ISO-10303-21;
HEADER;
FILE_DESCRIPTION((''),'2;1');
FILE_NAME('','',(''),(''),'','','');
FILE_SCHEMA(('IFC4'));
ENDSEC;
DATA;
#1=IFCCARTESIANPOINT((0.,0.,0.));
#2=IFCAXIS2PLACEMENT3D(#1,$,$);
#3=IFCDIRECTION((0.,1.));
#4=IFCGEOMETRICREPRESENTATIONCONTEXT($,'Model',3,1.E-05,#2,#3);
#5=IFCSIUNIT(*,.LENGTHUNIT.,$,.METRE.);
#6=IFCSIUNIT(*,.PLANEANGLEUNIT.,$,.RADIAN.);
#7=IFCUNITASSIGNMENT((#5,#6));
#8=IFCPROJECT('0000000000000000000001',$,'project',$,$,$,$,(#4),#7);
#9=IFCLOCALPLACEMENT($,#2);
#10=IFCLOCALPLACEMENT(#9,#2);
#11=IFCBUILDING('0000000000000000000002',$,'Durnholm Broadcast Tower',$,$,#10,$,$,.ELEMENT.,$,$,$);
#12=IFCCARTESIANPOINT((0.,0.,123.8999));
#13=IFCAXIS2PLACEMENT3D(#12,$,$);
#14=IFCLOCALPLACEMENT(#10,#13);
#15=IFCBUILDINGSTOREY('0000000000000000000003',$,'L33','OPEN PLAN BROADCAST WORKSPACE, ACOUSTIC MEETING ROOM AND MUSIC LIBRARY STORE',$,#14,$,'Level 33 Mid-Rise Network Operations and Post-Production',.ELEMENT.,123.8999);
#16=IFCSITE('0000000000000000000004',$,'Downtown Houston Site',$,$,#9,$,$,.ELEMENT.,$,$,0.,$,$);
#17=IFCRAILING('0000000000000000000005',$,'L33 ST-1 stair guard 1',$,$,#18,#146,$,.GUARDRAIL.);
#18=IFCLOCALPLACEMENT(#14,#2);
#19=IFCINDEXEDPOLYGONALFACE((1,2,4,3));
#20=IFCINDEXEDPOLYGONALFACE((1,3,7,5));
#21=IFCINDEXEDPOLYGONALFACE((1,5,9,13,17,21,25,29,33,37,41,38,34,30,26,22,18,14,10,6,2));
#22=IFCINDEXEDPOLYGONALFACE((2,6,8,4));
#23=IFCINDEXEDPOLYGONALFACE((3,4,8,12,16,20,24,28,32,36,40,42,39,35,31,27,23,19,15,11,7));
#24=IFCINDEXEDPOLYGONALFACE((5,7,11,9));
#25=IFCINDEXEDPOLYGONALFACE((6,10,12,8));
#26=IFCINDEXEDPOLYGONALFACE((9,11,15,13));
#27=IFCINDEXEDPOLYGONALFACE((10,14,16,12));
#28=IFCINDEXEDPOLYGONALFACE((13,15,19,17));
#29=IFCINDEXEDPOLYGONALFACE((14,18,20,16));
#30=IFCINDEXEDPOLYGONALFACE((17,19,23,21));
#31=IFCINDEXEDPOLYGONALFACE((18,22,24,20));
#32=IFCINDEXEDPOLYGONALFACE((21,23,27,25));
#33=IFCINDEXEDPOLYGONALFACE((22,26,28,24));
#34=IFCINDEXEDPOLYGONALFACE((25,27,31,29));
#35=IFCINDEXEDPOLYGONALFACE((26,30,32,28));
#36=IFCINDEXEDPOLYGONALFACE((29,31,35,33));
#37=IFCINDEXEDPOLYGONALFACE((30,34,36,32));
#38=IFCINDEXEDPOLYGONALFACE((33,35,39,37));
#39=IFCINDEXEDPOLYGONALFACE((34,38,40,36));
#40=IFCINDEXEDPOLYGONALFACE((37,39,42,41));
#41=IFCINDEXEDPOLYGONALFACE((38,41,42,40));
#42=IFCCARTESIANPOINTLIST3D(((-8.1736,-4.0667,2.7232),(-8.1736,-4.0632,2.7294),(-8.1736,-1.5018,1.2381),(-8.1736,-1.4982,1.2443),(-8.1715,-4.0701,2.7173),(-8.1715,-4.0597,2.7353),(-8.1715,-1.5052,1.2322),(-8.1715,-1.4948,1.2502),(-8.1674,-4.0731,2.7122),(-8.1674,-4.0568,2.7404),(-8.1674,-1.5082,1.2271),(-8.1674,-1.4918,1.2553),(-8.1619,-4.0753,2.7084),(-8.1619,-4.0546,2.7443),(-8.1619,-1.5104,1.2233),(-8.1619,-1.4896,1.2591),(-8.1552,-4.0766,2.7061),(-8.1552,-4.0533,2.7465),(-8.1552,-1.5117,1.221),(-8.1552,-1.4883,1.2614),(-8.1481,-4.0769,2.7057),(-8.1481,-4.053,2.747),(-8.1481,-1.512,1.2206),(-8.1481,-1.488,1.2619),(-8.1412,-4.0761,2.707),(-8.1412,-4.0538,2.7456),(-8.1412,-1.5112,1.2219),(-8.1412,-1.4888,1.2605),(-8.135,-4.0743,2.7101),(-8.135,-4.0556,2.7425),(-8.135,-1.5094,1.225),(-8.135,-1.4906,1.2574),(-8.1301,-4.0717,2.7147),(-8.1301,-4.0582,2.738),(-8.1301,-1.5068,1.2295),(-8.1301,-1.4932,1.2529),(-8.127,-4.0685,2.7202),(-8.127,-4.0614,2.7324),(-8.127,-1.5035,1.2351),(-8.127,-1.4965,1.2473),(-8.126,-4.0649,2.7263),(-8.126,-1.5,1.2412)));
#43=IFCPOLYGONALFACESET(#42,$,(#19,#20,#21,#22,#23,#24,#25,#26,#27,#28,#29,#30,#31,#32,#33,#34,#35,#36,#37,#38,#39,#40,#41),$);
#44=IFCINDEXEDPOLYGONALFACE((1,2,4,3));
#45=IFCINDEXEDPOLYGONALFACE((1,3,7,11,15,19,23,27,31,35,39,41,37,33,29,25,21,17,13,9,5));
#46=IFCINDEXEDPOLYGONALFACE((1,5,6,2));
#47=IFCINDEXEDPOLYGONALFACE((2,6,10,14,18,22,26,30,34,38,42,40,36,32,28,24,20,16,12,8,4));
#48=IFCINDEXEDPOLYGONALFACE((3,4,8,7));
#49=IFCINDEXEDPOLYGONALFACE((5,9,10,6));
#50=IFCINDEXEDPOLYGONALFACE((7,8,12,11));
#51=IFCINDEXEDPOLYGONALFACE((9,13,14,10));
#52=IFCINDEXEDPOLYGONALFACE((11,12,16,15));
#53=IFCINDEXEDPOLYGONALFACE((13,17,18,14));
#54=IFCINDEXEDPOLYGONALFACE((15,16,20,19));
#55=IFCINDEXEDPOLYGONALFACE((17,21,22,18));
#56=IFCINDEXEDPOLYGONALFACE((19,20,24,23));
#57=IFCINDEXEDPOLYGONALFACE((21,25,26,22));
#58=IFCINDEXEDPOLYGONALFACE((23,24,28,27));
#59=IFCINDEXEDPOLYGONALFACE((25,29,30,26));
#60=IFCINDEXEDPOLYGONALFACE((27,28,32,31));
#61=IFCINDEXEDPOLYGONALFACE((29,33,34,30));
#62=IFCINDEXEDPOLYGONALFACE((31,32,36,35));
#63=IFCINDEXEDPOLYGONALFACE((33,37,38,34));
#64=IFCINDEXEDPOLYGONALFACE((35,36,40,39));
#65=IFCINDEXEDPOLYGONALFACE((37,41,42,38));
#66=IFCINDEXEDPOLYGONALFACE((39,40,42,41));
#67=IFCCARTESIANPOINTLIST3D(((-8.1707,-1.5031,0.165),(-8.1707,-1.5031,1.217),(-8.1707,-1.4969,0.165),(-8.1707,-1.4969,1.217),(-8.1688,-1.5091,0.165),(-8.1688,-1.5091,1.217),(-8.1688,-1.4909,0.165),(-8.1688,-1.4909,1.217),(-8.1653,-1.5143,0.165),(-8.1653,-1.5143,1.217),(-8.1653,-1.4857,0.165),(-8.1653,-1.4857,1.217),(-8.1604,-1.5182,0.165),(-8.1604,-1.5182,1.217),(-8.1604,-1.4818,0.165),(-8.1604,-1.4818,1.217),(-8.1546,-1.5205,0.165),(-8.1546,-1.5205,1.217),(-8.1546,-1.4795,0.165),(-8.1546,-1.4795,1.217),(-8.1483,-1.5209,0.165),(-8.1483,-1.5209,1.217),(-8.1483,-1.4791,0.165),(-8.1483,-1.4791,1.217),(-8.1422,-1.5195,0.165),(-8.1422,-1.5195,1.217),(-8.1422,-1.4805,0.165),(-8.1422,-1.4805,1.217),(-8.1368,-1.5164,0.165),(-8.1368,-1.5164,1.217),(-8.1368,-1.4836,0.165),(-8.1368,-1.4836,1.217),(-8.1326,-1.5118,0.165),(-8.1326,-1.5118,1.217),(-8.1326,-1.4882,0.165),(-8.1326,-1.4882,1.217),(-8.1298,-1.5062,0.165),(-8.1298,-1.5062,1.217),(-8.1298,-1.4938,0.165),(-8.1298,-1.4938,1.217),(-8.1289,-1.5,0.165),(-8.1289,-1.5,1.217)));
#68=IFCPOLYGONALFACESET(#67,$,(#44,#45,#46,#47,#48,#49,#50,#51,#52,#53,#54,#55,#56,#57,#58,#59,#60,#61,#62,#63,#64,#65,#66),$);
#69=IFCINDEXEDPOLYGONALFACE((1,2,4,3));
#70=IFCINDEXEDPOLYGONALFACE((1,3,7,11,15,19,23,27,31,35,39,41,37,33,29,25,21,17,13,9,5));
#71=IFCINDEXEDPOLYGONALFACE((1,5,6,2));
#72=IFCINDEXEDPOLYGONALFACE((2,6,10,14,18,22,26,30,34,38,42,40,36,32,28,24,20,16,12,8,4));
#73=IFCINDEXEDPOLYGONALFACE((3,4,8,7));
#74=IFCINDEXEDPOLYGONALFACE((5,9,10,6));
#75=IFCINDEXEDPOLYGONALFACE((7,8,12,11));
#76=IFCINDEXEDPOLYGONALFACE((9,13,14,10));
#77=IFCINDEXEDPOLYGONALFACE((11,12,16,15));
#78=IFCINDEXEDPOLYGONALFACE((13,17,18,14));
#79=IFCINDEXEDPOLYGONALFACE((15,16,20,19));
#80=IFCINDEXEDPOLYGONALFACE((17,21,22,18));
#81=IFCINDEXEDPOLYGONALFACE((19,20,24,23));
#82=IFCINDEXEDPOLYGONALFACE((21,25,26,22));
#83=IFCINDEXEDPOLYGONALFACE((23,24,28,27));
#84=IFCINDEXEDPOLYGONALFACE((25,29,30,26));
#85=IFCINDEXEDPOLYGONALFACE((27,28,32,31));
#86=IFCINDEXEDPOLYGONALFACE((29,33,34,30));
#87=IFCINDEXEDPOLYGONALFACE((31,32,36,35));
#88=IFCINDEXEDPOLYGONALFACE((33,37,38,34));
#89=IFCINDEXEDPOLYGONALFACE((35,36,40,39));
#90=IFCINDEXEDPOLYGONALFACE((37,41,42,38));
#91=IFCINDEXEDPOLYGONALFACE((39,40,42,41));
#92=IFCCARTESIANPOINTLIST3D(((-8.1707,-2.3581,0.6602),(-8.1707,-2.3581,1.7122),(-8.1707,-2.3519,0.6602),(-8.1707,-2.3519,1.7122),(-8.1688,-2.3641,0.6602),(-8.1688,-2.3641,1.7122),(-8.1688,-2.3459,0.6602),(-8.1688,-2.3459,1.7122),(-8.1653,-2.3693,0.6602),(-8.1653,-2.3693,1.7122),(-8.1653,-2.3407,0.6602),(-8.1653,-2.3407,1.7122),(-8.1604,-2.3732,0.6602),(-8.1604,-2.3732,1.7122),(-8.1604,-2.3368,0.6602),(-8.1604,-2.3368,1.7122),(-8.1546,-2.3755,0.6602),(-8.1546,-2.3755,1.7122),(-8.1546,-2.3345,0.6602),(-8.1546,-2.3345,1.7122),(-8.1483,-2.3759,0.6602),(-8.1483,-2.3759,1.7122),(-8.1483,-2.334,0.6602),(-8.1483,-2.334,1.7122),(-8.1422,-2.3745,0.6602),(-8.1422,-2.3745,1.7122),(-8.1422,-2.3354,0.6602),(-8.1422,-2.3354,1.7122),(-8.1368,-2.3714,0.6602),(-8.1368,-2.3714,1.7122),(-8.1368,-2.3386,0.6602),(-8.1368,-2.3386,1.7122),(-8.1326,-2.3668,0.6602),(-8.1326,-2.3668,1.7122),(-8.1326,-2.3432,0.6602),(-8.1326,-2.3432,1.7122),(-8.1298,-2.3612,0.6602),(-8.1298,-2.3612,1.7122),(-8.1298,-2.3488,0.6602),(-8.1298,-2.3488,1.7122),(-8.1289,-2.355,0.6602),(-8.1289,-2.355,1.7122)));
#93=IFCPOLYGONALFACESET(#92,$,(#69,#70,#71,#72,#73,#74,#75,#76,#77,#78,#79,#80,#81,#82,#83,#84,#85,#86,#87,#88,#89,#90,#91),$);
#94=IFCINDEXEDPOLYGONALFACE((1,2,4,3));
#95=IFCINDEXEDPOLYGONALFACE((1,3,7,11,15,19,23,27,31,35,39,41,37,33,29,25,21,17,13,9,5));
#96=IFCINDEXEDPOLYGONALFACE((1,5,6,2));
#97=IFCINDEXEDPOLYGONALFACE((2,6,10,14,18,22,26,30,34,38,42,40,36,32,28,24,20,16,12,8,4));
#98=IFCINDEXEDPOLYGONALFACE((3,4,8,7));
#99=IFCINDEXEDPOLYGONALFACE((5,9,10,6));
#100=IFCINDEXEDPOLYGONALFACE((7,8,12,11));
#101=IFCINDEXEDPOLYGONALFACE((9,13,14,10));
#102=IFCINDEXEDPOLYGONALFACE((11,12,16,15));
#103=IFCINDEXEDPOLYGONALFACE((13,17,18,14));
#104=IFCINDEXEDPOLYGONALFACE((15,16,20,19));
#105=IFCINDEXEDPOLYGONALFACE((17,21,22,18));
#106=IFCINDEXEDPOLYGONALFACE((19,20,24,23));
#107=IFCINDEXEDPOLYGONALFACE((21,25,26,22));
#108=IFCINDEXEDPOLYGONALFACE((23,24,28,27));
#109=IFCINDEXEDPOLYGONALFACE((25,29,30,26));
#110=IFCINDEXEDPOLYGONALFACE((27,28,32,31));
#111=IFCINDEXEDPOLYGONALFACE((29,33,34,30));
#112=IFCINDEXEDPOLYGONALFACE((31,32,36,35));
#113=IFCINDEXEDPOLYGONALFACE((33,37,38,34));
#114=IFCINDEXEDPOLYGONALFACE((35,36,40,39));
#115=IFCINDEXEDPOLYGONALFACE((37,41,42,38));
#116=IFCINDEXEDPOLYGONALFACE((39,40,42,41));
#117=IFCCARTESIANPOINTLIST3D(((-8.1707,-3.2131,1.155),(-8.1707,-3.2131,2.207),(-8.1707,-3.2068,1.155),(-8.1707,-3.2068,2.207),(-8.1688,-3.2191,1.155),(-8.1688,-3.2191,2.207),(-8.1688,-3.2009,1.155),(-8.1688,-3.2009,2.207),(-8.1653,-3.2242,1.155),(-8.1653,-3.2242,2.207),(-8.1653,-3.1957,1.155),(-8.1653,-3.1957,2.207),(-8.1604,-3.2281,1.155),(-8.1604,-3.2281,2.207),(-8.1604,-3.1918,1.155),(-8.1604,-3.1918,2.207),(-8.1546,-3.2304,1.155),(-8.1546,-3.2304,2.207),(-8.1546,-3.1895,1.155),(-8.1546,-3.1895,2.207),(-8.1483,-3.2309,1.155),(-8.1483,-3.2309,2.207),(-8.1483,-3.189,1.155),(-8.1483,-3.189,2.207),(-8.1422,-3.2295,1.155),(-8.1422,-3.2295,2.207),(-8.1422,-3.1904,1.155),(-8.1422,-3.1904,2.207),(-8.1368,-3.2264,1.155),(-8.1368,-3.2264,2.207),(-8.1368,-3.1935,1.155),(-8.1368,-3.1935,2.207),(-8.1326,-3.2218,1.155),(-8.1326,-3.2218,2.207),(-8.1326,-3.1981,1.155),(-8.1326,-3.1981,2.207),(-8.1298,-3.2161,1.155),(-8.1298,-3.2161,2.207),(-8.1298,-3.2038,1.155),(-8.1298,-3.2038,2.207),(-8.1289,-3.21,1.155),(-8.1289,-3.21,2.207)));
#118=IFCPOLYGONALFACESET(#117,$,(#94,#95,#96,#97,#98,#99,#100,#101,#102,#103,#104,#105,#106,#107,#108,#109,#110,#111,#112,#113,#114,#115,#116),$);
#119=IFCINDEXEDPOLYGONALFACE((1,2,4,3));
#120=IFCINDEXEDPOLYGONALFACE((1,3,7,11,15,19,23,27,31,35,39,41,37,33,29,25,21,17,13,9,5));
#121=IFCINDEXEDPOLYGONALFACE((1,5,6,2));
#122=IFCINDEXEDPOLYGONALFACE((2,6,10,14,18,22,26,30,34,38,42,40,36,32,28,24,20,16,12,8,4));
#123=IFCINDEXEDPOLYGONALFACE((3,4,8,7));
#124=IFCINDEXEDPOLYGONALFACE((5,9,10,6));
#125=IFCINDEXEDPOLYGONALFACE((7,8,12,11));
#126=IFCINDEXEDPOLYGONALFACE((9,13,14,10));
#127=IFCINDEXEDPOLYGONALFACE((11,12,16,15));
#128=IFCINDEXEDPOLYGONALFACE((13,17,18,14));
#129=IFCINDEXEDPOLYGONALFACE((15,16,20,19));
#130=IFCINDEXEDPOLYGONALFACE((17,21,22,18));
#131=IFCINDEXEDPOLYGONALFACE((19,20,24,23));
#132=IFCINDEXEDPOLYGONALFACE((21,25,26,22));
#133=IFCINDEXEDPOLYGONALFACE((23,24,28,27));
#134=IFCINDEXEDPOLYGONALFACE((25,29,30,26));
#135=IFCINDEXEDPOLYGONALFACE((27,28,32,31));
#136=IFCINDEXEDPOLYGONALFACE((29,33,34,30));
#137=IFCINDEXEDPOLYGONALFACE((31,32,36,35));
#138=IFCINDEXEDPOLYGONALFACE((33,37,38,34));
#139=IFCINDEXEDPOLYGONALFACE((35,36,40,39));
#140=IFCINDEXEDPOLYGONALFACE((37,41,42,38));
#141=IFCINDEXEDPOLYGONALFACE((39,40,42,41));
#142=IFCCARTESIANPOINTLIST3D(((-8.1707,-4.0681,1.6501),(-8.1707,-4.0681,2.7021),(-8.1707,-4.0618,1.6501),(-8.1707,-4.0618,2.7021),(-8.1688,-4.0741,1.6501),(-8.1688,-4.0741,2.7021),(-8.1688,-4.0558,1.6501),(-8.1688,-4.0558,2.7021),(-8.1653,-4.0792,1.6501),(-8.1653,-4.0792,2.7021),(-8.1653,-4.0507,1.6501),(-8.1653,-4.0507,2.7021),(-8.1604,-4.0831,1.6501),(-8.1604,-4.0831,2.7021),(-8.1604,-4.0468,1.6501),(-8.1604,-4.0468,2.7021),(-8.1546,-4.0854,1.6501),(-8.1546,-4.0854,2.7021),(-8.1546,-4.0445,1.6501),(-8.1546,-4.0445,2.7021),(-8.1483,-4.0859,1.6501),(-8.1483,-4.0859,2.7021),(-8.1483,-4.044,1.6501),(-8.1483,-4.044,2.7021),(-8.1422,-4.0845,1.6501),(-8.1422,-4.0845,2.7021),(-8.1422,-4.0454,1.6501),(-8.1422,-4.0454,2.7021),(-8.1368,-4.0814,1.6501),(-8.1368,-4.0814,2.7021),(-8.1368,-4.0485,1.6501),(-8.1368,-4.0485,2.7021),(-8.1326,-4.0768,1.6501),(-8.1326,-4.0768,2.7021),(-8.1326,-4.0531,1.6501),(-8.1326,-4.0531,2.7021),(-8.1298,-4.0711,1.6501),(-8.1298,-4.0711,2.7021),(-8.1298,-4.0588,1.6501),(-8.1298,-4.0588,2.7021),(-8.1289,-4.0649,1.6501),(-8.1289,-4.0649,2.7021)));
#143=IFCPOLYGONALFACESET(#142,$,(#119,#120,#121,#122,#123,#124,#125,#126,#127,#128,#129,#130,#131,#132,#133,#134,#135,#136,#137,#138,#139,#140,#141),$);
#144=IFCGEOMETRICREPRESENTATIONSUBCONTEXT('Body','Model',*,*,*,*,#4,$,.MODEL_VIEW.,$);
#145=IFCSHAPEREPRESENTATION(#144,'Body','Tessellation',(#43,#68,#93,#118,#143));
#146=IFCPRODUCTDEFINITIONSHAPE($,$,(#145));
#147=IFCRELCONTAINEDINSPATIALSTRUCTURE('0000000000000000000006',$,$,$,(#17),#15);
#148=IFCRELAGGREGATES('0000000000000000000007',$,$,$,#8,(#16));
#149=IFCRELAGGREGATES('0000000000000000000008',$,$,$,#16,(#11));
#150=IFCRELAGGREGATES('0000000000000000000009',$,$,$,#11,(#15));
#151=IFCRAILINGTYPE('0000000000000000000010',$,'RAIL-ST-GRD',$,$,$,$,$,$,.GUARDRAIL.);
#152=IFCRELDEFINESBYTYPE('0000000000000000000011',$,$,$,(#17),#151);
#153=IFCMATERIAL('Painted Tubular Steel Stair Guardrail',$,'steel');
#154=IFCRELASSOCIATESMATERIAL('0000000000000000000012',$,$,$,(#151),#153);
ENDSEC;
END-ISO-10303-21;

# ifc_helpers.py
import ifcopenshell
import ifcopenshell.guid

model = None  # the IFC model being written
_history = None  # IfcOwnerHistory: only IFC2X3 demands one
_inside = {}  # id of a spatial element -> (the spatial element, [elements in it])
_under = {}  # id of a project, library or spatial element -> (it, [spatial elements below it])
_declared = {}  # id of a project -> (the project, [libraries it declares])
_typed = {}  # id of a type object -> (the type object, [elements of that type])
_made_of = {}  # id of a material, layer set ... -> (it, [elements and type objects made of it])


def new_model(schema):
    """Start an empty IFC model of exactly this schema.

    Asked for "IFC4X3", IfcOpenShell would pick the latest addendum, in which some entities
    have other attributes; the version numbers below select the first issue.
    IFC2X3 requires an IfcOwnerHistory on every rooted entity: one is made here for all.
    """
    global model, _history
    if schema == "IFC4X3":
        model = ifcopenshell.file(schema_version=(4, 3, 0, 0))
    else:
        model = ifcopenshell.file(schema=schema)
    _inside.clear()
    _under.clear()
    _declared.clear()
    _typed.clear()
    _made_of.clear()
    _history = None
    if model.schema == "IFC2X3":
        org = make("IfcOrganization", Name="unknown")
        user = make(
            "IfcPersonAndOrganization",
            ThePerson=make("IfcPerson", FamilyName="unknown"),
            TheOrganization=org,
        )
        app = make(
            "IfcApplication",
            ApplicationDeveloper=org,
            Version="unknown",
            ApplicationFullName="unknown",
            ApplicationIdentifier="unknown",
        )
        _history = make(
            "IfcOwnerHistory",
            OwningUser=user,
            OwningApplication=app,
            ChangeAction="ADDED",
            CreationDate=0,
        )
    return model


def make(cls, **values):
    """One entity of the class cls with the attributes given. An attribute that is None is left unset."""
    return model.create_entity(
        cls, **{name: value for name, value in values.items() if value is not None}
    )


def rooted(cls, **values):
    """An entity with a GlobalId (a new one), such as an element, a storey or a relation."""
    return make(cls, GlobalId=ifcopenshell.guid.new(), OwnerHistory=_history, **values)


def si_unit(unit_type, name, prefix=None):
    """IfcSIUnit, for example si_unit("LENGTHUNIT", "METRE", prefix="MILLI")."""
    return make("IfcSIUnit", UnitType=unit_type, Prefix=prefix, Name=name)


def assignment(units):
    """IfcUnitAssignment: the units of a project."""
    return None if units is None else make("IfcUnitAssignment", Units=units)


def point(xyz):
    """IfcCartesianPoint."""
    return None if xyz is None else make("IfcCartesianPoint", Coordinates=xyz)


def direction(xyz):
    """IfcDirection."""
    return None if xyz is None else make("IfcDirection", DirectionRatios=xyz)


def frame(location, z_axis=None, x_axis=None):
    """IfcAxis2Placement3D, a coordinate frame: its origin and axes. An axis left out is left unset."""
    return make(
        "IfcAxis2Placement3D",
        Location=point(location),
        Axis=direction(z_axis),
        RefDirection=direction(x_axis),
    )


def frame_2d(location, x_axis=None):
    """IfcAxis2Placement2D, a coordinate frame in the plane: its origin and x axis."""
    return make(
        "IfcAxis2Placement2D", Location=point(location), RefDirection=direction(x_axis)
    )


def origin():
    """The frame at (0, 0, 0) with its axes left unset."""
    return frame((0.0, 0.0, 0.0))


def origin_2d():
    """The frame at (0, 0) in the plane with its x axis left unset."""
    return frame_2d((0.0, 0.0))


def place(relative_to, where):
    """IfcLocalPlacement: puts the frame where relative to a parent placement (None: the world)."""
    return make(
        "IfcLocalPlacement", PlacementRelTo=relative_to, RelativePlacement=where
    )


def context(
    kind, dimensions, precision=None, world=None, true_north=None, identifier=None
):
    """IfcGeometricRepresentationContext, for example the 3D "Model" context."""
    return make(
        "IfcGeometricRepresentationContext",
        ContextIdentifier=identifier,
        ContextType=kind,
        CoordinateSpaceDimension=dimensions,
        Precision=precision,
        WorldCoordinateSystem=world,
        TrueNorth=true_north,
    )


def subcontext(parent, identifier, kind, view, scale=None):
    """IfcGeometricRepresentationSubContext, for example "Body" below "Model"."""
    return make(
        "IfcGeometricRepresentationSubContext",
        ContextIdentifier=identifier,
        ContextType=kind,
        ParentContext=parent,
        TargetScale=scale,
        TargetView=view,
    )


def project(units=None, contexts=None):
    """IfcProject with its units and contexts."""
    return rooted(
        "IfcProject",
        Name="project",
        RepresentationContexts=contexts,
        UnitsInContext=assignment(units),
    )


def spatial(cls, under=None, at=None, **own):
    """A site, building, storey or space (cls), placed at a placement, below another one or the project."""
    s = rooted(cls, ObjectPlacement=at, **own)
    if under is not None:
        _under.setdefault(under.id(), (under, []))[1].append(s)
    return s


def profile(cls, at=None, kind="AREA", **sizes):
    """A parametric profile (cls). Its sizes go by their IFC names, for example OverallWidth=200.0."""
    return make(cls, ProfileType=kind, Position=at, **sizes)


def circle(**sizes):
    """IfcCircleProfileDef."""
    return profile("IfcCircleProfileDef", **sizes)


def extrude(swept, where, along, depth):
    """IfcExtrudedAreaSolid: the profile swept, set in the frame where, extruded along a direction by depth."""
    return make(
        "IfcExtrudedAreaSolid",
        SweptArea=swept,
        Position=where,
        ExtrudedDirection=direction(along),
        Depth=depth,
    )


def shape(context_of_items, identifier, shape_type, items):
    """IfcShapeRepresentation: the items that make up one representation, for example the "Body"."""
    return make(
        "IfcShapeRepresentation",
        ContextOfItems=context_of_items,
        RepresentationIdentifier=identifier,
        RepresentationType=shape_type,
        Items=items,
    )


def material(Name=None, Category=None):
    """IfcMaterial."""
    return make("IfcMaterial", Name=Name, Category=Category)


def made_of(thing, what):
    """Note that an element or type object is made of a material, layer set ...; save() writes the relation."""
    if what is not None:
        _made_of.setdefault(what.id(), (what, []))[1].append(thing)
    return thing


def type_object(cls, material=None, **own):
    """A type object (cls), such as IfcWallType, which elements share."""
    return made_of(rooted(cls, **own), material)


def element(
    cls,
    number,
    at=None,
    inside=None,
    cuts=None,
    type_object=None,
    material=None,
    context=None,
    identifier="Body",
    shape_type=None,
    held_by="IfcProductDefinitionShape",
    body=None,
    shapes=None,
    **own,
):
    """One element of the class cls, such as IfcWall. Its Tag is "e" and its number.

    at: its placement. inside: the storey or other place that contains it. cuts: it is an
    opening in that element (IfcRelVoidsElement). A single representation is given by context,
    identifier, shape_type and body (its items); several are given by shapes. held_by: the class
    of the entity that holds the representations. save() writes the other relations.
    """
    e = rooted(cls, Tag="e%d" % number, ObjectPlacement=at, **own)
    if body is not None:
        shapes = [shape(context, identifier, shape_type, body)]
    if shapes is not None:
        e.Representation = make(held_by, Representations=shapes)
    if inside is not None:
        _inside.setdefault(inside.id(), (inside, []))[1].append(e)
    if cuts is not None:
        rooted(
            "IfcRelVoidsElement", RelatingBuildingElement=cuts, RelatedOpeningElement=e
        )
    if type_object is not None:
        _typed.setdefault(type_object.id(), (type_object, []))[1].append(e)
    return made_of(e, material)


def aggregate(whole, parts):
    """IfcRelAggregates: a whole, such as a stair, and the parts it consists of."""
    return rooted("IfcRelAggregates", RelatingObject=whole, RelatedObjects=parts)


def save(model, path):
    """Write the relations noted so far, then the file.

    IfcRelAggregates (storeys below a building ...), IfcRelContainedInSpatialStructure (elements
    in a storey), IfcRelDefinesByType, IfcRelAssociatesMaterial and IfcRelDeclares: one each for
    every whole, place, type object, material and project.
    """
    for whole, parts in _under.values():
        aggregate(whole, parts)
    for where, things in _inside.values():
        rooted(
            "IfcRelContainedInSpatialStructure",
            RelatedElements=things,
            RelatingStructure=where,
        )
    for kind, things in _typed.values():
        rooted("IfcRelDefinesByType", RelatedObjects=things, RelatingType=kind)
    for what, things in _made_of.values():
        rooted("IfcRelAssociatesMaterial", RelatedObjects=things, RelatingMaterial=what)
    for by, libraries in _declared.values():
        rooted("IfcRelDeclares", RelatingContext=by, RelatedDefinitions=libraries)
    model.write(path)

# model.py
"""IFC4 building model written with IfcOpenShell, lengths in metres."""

from ifc_helpers import new_model, si_unit, direction, frame, origin, origin_2d, place, context, subcontext, project, spatial, circle, extrude, material, type_object, element, save


model = new_model("IFC4")

# Units and contexts
model_context = context("Model", 3, precision=1e-05, world=origin(), true_north=direction((0.0, 1.0)))
body_context = subcontext(model_context, "Body", "Model", "MODEL_VIEW")
ifc_project = project(units=[si_unit("LENGTHUNIT", "METRE"), si_unit("PLANEANGLEUNIT", "RADIAN")], contexts=[model_context])

# Site, building, storey
site_placement = place(None, origin())
site = spatial("IfcSite", under=ifc_project, at=site_placement, Name="Downtown Houston Site", CompositionType="ELEMENT", RefElevation=0.0)
building_placement = place(site_placement, origin())
building = spatial("IfcBuilding", under=site, at=building_placement, Name="Durnholm Broadcast Tower", CompositionType="ELEMENT")
storey_placement = place(building_placement, frame((0.0, 0.0, 123.8999)))
storey = spatial("IfcBuildingStorey", under=building, at=storey_placement, Name="L33", Description="OPEN PLAN BROADCAST WORKSPACE, ACOUSTIC MEETING ROOM AND MUSIC LIBRARY STORE", LongName="Level 33 Mid-Rise Network Operations and Post-Production", CompositionType="ELEMENT", Elevation=123.8999)

# Railing
ifc_material_1 = material(Name="Painted Tubular Steel Stair Guardrail", Category="steel")
railing_type_1 = type_object("IfcRailingType", Name="RAIL-ST-GRD", PredefinedType="GUARDRAIL", material=ifc_material_1)
railing_1_placement = place(storey_placement, frame((-8.1499, -1.5, 0.165)))
element("IfcRailing", 1, at=railing_1_placement, inside=storey, type_object=railing_type_1, Name="L33 ST-1 stair guard 1", PredefinedType="GUARDRAIL", context=body_context, shape_type="SweptSolid", body=[
    extrude(circle(Radius=0.0239, at=origin_2d()), frame((0.0, 0.0, 1.0762), z_axis=(0.0, -0.865406, 0.501072), x_axis=(1.0, 0.0, 0.0)), (0.0, 0.0, 1.0), 2.9639),
    extrude(circle(Radius=0.021, at=origin_2d()), origin(), (0.0, 0.0, 1.0), 1.052),
    extrude(circle(Radius=0.021, at=origin_2d()), frame((0.0, -0.855, 0.4951)), (0.0, 0.0, 1.0), 1.052),
    extrude(circle(Radius=0.021, at=origin_2d()), frame((0.0, -1.71, 0.99)), (0.0, 0.0, 1.0), 1.052),
    extrude(circle(Radius=0.021, at=origin_2d()), frame((0.0, -2.5649, 1.4851)), (0.0, 0.0, 1.0), 1.052),
])

save(model, "model.ifc")
